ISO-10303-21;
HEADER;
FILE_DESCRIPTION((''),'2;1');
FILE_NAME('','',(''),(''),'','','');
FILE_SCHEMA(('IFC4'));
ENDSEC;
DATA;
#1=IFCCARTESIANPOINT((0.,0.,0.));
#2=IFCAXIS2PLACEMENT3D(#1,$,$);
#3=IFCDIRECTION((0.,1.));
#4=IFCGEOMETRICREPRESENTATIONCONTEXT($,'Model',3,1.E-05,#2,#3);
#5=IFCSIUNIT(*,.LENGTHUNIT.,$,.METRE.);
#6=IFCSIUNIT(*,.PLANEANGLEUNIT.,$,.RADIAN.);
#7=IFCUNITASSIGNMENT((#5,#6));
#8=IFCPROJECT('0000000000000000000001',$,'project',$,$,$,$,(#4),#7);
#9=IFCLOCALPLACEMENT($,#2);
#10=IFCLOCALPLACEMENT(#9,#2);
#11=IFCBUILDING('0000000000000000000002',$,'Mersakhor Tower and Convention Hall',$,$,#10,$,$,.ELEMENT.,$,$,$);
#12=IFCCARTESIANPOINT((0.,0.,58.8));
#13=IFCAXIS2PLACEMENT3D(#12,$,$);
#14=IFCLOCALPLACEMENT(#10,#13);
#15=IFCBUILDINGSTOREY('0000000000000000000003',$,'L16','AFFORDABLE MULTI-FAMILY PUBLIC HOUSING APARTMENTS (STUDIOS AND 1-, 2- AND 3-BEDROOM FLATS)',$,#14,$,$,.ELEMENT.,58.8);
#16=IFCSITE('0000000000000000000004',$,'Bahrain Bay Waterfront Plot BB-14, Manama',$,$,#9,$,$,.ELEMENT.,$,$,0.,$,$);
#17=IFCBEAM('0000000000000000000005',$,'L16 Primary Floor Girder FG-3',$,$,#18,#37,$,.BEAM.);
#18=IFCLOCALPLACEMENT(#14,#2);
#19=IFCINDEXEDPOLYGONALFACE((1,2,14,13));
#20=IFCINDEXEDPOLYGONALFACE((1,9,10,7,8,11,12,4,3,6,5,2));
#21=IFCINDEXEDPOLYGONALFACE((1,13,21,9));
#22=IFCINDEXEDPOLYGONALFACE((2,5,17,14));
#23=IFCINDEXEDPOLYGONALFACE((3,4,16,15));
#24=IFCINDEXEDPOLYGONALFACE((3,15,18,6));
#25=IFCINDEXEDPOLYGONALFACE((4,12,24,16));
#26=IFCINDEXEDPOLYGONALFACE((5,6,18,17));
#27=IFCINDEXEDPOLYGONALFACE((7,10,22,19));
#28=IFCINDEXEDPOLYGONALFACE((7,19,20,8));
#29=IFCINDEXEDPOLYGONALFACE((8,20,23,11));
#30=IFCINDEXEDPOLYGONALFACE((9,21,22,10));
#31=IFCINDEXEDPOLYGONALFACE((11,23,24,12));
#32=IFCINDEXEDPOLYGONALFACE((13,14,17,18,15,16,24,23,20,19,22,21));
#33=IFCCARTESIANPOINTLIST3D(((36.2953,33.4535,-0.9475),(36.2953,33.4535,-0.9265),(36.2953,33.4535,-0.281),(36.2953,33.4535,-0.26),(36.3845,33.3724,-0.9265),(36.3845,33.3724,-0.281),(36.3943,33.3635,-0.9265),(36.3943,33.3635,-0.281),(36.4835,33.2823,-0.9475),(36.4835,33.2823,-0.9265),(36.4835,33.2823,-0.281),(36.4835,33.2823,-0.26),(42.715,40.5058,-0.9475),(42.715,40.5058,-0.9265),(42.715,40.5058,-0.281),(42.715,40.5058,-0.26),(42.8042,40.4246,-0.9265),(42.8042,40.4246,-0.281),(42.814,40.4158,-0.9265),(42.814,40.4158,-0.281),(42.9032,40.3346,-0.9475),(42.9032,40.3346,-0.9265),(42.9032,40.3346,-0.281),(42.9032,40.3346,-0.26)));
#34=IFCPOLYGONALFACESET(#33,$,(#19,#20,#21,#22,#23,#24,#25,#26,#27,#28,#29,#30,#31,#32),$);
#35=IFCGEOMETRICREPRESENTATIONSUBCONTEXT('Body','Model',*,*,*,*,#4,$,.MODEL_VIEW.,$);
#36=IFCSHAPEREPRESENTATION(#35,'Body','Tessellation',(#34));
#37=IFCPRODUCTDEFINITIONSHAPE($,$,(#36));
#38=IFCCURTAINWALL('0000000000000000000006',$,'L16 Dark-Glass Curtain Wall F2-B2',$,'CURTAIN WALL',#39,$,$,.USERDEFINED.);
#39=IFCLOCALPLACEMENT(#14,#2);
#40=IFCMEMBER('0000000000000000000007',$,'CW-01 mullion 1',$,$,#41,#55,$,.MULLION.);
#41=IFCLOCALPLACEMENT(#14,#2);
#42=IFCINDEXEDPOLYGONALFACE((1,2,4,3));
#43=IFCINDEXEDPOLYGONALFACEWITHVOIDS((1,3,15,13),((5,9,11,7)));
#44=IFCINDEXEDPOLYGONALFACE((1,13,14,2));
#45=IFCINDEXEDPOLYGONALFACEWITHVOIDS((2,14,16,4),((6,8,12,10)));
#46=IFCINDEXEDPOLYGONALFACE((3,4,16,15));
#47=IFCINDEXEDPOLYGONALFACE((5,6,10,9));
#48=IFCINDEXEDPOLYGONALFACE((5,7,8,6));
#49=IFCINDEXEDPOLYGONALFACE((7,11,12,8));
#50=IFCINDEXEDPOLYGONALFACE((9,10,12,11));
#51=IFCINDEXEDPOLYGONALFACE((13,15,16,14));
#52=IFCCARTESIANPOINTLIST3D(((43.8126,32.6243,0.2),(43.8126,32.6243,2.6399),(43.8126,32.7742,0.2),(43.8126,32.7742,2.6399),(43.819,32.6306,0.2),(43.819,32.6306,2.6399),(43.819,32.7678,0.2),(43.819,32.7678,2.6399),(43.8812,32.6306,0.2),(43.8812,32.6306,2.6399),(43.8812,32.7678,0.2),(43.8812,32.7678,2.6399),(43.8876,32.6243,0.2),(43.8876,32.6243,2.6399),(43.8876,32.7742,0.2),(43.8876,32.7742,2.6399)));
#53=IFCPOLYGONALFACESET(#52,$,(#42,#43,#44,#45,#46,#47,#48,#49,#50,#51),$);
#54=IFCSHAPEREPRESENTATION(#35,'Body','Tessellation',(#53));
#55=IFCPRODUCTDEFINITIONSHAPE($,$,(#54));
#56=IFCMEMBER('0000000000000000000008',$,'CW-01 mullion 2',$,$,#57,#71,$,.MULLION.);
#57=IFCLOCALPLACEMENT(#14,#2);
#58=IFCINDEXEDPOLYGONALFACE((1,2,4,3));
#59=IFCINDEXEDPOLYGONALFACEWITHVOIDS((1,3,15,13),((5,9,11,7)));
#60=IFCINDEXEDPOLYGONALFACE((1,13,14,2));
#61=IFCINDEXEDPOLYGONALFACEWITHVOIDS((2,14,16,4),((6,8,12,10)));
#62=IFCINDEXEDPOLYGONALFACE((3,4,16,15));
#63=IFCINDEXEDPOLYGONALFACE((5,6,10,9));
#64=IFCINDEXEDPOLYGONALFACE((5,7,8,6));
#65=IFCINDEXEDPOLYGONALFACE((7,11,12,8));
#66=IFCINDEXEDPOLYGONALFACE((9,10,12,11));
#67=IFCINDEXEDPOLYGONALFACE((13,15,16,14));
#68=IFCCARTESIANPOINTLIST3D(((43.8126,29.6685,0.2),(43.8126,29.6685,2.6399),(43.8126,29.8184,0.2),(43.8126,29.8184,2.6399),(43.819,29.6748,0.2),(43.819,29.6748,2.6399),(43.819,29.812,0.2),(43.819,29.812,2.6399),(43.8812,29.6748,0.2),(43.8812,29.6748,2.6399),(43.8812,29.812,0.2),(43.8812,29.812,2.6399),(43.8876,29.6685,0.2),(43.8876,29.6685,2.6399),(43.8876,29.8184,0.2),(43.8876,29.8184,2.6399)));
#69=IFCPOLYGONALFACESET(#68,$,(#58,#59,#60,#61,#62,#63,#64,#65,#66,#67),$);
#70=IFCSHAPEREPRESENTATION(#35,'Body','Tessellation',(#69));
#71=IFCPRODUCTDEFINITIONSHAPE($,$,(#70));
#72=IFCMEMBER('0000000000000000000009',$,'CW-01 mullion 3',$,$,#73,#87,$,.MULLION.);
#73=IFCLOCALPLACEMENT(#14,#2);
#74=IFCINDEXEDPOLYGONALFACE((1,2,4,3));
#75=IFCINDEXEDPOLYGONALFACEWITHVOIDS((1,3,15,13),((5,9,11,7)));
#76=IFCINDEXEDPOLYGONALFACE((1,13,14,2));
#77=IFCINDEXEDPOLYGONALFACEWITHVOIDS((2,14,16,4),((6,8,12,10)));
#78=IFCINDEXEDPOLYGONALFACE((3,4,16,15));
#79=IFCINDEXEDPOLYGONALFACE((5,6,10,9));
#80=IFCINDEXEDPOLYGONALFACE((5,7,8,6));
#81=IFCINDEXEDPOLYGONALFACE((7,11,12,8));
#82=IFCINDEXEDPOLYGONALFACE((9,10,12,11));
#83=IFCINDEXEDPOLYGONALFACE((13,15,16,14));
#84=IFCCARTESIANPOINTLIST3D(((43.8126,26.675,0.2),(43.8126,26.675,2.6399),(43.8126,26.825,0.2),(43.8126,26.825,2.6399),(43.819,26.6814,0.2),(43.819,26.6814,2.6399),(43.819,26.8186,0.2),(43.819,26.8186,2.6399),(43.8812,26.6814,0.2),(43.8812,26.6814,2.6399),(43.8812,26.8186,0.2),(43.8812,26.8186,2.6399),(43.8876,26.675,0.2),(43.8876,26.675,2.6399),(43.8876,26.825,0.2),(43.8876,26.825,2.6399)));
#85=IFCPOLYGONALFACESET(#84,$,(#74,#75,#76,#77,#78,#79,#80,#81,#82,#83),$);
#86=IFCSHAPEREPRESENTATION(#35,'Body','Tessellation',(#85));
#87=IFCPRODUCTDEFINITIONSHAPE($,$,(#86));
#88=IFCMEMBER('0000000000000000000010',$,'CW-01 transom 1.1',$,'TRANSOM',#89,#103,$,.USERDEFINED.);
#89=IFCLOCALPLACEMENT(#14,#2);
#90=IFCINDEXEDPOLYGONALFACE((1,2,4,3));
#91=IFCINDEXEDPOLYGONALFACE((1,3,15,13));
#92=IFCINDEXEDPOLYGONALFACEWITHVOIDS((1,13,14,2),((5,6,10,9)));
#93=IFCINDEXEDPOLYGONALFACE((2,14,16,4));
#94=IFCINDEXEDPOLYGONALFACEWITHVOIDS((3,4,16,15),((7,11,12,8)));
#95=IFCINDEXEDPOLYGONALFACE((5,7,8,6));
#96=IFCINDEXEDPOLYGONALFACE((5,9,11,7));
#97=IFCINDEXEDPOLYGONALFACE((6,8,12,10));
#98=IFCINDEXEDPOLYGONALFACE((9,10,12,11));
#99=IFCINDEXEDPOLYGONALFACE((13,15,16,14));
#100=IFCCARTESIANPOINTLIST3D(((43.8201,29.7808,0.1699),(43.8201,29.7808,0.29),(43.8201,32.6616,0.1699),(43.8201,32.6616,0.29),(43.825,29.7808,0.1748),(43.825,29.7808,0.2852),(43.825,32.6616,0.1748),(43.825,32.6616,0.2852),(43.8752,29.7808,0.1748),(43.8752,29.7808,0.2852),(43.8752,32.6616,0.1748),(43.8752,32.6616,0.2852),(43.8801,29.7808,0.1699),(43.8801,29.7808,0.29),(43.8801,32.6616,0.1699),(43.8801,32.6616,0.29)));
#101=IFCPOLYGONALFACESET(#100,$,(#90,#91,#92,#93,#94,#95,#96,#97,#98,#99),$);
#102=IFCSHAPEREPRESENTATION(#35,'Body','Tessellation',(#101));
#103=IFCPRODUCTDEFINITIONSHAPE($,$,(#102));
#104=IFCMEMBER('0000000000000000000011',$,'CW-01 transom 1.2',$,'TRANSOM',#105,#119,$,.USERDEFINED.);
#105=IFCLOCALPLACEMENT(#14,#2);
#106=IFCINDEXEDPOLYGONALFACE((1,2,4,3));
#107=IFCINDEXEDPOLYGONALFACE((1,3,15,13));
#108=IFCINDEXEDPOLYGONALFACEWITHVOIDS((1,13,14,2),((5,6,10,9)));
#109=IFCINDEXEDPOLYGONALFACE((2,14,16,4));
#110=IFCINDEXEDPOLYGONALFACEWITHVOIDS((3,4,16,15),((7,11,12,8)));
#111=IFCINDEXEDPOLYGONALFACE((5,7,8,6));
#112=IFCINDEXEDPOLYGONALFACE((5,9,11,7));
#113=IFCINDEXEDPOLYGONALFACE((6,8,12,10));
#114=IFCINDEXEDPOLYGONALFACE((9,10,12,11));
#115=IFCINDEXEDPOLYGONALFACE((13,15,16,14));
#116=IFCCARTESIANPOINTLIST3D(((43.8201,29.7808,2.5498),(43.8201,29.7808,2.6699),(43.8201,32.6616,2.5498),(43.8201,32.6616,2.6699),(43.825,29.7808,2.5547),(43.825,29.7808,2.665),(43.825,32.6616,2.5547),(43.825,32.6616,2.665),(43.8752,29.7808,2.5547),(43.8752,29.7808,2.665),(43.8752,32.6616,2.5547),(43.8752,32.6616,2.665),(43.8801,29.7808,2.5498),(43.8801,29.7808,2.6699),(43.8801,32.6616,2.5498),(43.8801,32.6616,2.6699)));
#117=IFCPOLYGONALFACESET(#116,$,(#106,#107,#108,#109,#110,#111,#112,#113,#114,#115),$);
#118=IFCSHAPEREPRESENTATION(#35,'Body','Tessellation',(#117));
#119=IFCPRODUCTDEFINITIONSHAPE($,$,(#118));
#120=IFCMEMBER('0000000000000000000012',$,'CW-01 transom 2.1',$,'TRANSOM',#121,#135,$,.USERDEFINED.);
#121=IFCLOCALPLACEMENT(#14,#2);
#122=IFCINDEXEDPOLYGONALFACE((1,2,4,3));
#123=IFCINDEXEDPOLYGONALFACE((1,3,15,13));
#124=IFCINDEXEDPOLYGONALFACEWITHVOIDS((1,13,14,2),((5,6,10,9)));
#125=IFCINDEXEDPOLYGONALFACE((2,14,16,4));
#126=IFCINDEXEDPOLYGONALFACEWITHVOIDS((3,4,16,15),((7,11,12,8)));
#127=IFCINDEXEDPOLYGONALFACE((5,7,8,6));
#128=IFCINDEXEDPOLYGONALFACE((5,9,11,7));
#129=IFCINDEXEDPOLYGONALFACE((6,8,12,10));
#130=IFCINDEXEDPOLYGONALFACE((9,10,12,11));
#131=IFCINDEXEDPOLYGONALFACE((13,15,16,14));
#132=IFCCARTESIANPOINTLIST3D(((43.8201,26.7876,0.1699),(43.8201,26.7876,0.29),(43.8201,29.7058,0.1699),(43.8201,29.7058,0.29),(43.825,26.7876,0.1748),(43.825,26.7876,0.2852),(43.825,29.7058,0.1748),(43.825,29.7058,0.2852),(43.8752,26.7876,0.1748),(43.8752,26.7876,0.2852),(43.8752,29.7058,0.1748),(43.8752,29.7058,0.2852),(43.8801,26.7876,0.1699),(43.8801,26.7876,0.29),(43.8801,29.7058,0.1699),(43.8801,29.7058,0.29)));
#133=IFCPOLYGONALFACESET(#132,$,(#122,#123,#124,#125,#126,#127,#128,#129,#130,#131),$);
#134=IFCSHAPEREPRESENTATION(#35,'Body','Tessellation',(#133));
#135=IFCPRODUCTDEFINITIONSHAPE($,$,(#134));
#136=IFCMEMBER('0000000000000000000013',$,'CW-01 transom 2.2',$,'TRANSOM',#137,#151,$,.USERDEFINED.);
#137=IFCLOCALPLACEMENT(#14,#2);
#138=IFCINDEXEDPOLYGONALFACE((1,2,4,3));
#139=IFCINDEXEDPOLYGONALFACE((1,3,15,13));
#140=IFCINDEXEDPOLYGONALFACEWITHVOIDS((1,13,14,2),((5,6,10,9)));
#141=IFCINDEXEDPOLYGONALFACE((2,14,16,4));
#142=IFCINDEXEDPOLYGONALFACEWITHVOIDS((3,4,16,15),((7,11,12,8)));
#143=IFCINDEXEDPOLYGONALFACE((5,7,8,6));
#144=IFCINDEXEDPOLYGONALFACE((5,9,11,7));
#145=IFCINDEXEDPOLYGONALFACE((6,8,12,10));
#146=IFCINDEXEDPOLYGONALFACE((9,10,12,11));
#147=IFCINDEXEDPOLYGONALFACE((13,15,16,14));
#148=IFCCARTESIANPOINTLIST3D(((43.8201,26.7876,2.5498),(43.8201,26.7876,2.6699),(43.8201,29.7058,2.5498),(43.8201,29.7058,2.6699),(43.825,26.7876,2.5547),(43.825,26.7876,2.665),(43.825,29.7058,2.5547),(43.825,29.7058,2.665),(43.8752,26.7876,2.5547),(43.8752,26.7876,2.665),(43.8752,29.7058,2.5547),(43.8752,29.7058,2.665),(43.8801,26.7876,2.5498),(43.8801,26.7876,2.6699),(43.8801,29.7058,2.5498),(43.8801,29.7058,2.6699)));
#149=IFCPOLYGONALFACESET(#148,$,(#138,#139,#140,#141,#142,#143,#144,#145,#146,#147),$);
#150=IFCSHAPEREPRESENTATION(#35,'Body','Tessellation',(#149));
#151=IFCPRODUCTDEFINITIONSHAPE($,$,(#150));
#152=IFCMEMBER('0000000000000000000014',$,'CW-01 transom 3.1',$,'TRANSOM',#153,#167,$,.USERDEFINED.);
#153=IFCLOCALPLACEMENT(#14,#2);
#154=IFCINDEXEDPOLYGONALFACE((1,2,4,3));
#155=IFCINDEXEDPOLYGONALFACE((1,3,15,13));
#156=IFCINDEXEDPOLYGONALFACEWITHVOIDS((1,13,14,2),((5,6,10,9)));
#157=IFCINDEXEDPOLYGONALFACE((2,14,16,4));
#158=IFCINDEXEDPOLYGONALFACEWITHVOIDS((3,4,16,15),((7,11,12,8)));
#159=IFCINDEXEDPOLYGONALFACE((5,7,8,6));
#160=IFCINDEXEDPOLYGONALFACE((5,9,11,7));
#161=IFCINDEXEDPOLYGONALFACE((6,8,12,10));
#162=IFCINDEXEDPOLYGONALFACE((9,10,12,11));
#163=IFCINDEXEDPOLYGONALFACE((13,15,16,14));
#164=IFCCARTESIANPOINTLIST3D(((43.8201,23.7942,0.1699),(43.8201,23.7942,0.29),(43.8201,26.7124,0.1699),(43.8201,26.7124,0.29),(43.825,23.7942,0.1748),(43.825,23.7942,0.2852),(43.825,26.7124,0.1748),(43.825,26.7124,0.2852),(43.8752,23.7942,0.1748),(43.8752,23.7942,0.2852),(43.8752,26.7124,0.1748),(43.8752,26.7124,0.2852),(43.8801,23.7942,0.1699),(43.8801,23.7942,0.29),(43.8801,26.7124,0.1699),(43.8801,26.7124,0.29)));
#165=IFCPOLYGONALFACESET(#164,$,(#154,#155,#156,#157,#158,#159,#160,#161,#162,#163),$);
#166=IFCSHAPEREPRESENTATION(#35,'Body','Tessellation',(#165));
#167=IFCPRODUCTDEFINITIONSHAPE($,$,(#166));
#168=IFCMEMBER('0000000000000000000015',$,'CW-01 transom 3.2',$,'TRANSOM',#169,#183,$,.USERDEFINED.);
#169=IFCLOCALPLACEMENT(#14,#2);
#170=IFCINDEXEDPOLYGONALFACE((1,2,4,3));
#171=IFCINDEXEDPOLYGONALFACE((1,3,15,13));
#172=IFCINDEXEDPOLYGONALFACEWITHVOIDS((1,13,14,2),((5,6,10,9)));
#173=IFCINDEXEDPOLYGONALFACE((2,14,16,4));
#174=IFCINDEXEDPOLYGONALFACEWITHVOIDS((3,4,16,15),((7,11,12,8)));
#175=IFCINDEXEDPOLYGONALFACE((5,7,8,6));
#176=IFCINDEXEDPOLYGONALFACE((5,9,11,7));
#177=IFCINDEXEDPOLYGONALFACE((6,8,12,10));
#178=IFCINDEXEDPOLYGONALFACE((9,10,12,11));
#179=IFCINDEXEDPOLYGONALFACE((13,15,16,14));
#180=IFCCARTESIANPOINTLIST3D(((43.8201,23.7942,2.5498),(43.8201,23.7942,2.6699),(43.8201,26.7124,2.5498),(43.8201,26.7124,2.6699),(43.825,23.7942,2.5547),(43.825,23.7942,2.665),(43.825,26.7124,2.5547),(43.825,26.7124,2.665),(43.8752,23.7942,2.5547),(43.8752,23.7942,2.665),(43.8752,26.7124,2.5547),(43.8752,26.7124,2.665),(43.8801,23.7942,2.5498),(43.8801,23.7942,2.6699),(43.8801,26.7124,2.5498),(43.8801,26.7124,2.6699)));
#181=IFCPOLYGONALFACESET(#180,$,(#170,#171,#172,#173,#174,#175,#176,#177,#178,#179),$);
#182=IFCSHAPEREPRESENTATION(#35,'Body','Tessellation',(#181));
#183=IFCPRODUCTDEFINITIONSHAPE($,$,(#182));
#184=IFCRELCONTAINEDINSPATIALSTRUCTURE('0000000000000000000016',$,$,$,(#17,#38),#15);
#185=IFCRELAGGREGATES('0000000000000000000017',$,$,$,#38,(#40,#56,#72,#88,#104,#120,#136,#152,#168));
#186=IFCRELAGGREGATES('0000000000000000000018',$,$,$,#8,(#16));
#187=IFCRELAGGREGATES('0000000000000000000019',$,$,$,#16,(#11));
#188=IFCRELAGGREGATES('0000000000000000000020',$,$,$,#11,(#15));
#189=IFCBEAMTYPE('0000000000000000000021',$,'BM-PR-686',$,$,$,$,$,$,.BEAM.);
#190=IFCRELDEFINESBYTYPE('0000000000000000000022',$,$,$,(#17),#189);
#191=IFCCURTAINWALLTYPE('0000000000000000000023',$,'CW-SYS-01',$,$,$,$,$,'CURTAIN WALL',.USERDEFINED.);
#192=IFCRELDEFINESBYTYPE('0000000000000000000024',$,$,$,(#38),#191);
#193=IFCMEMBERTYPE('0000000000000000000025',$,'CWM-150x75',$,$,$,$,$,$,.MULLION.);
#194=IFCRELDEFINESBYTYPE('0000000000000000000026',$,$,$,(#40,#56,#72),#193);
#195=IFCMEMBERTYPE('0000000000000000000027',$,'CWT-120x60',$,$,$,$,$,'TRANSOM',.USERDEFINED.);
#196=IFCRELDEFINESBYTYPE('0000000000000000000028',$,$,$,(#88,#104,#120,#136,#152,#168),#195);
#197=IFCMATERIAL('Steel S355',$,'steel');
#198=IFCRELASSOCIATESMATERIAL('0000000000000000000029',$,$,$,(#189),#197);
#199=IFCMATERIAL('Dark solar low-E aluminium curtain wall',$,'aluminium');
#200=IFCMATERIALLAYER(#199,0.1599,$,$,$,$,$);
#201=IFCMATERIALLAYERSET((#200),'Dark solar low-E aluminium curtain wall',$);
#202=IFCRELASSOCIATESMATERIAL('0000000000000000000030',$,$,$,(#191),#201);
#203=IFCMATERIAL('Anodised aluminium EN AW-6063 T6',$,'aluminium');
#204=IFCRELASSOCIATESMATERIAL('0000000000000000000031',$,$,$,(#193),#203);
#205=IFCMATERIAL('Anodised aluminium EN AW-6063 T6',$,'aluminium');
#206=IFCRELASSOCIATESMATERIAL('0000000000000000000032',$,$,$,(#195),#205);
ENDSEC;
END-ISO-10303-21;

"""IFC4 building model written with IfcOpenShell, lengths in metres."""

from ifc_helpers import new_model, si_unit, direction, frame, origin, origin_2d, place, context, subcontext, project, spatial, hollow_rectangle, i_section, extrude, material, layer, layer_set, material_profile, profile_set, type_object, element, aggregate, save


model = new_model("IFC4")

# Units and contexts
model_context = context("Model", 3, precision=1e-05, world=origin(), true_north=direction((0.0, 1.0)))
body_context = subcontext(model_context, "Body", "Model", "MODEL_VIEW")
ifc_project = project(units=[si_unit("LENGTHUNIT", "METRE"), si_unit("PLANEANGLEUNIT", "RADIAN")], contexts=[model_context])

# Site, building, storey
site_placement = place(None, origin())
site = spatial("IfcSite", under=ifc_project, at=site_placement, Name="Bahrain Bay Waterfront Plot BB-14, Manama", CompositionType="ELEMENT", RefElevation=0.0)
building_placement = place(site_placement, origin())
building = spatial("IfcBuilding", under=site, at=building_placement, Name="Mersakhor Tower and Convention Hall", CompositionType="ELEMENT")
storey_placement = place(building_placement, frame((0.0, 0.0, 58.8)))
storey = spatial("IfcBuildingStorey", under=building, at=storey_placement, Name="L16", Description="AFFORDABLE MULTI-FAMILY PUBLIC HOUSING APARTMENTS (STUDIOS AND 1-, 2- AND 3-BEDROOM FLATS)", CompositionType="ELEMENT", Elevation=58.8)

# Beam
ifc_material_1 = material(Name="Steel S355", Category="steel")
ifc_material_profile_1 = material_profile(ifc_material_1, i_section(OverallWidth=0.2544, OverallDepth=0.6875, WebThickness=0.0132, FlangeThickness=0.021, at=origin_2d()), Name="UB 686x254x152")
ifc_profile_set_1 = profile_set([ifc_material_profile_1], Name="Steel S355")
beam_type = type_object("IfcBeamType", Name="BM-PR-686", PredefinedType="BEAM", material=ifc_profile_set_1)
beam_placement = place(storey_placement, frame((36.3894, 33.3679, -0.6038), z_axis=(0.673163, 0.739494, 0.0), x_axis=(-0.739494, 0.673163, 0.0)))
element("IfcBeam", 1, at=beam_placement, inside=storey, type_object=beam_type, Name="L16 Primary Floor Girder FG-3", PredefinedType="BEAM", context=body_context, shape_type="SweptSolid", body=[
    extrude(i_section(OverallWidth=0.2544, OverallDepth=0.6875, WebThickness=0.0132, FlangeThickness=0.021, at=origin_2d()), origin(), (0.0, 0.0, 1.0), 9.5366),
])

# Curtain wall, members
ifc_material_2 = material(Name="Dark solar low-E aluminium curtain wall", Category="aluminium")
ifc_layer_1 = layer(ifc_material_2, 0.1599)
ifc_layer_set_1 = layer_set([ifc_layer_1], Name="Dark solar low-E aluminium curtain wall")
curtain_wall_type = type_object("IfcCurtainWallType", Name="CW-SYS-01", ElementType="CURTAIN WALL", PredefinedType="USERDEFINED", material=ifc_layer_set_1)
curtain_wall_placement = place(storey_placement, origin())
curtain_wall = element("IfcCurtainWall", 2, at=curtain_wall_placement, inside=storey, type_object=curtain_wall_type, Name="L16 Dark-Glass Curtain Wall F2-B2", ObjectType="CURTAIN WALL", PredefinedType="USERDEFINED")
ifc_material_3 = material(Name="Anodised aluminium EN AW-6063 T6", Category="aluminium")
ifc_material_profile_2 = material_profile(ifc_material_3, hollow_rectangle(XDim=0.075, YDim=0.1499, WallThickness=0.0063, at=origin_2d()), Name="RHS 150x75x6.3")
ifc_profile_set_2 = profile_set([ifc_material_profile_2], Name="Anodised aluminium EN AW-6063 T6")
member_type_1 = type_object("IfcMemberType", Name="CWM-150x75", PredefinedType="MULLION", material=ifc_profile_set_2)
member_1_placement = place(storey_placement, frame((43.8501, 32.6992, 0.2), z_axis=(0.0, 0.0, 1.0), x_axis=(1.0, 0.0, 0.0)))
member_1 = element("IfcMember", 3, at=member_1_placement, type_object=member_type_1, Name="CW-01 mullion 1", PredefinedType="MULLION", context=body_context, shape_type="SweptSolid", body=[
    extrude(hollow_rectangle(XDim=0.075, YDim=0.1499, WallThickness=0.0063, at=origin_2d()), origin(), (0.0, 0.0, 1.0), 2.4399),
])
member_2_placement = place(storey_placement, frame((43.8501, 29.7434, 0.2), z_axis=(0.0, 0.0, 1.0), x_axis=(1.0, 0.0, 0.0)))
member_2 = element("IfcMember", 4, at=member_2_placement, type_object=member_type_1, Name="CW-01 mullion 2", PredefinedType="MULLION", context=body_context, shape_type="SweptSolid", body=[
    extrude(hollow_rectangle(XDim=0.075, YDim=0.1499, WallThickness=0.0063, at=origin_2d()), origin(), (0.0, 0.0, 1.0), 2.4399),
])
member_3_placement = place(storey_placement, frame((43.8501, 26.75, 0.2), z_axis=(0.0, 0.0, 1.0), x_axis=(1.0, 0.0, 0.0)))
member_3 = element("IfcMember", 5, at=member_3_placement, type_object=member_type_1, Name="CW-01 mullion 3", PredefinedType="MULLION", context=body_context, shape_type="SweptSolid", body=[
    extrude(hollow_rectangle(XDim=0.075, YDim=0.1499, WallThickness=0.0063, at=origin_2d()), origin(), (0.0, 0.0, 1.0), 2.4399),
])
ifc_material_4 = material(Name="Anodised aluminium EN AW-6063 T6", Category="aluminium")
ifc_material_profile_3 = material_profile(ifc_material_4, hollow_rectangle(XDim=0.0601, YDim=0.1201, WallThickness=0.0049, at=origin_2d()), Name="RHS 120x60x5")
ifc_profile_set_3 = profile_set([ifc_material_profile_3], Name="Anodised aluminium EN AW-6063 T6")
member_type_2 = type_object("IfcMemberType", Name="CWT-120x60", ElementType="TRANSOM", PredefinedType="USERDEFINED", material=ifc_profile_set_3)
member_4_placement = place(storey_placement, frame((43.8501, 32.6616, 0.23), z_axis=(0.0, -1.0, 0.0), x_axis=(1.0, 0.0, 0.0)))
member_4 = element("IfcMember", 6, at=member_4_placement, type_object=member_type_2, Name="CW-01 transom 1.1", ObjectType="TRANSOM", PredefinedType="USERDEFINED", context=body_context, shape_type="SweptSolid", body=[
    extrude(hollow_rectangle(XDim=0.0601, YDim=0.1201, WallThickness=0.0049, at=origin_2d()), origin(), (0.0, 0.0, 1.0), 2.8809),
])
member_5_placement = place(storey_placement, frame((43.8501, 32.6616, 2.6099), z_axis=(0.0, -1.0, 0.0), x_axis=(1.0, 0.0, 0.0)))
member_5 = element("IfcMember", 7, at=member_5_placement, type_object=member_type_2, Name="CW-01 transom 1.2", ObjectType="TRANSOM", PredefinedType="USERDEFINED", context=body_context, shape_type="SweptSolid", body=[
    extrude(hollow_rectangle(XDim=0.0601, YDim=0.1201, WallThickness=0.0049, at=origin_2d()), origin(), (0.0, 0.0, 1.0), 2.8809),
])
member_6_placement = place(storey_placement, frame((43.8501, 29.7058, 0.23), z_axis=(0.0, -1.0, 0.0), x_axis=(1.0, 0.0, 0.0)))
member_6 = element("IfcMember", 8, at=member_6_placement, type_object=member_type_2, Name="CW-01 transom 2.1", ObjectType="TRANSOM", PredefinedType="USERDEFINED", context=body_context, shape_type="SweptSolid", body=[
    extrude(hollow_rectangle(XDim=0.0601, YDim=0.1201, WallThickness=0.0049, at=origin_2d()), origin(), (0.0, 0.0, 1.0), 2.9182),
])
member_7_placement = place(storey_placement, frame((43.8501, 29.7058, 2.6099), z_axis=(0.0, -1.0, 0.0), x_axis=(1.0, 0.0, 0.0)))
member_7 = element("IfcMember", 9, at=member_7_placement, type_object=member_type_2, Name="CW-01 transom 2.2", ObjectType="TRANSOM", PredefinedType="USERDEFINED", context=body_context, shape_type="SweptSolid", body=[
    extrude(hollow_rectangle(XDim=0.0601, YDim=0.1201, WallThickness=0.0049, at=origin_2d()), origin(), (0.0, 0.0, 1.0), 2.9182),
])
member_8_placement = place(storey_placement, frame((43.8501, 26.7124, 0.23), z_axis=(0.0, -1.0, 0.0), x_axis=(1.0, 0.0, 0.0)))
member_8 = element("IfcMember", 10, at=member_8_placement, type_object=member_type_2, Name="CW-01 transom 3.1", ObjectType="TRANSOM", PredefinedType="USERDEFINED", context=body_context, shape_type="SweptSolid", body=[
    extrude(hollow_rectangle(XDim=0.0601, YDim=0.1201, WallThickness=0.0049, at=origin_2d()), origin(), (0.0, 0.0, 1.0), 2.9182),
])
member_9_placement = place(storey_placement, frame((43.8501, 26.7124, 2.6099), z_axis=(0.0, -1.0, 0.0), x_axis=(1.0, 0.0, 0.0)))
member_9 = element("IfcMember", 11, at=member_9_placement, type_object=member_type_2, Name="CW-01 transom 3.2", ObjectType="TRANSOM", PredefinedType="USERDEFINED", context=body_context, shape_type="SweptSolid", body=[
    extrude(hollow_rectangle(XDim=0.0601, YDim=0.1201, WallThickness=0.0049, at=origin_2d()), origin(), (0.0, 0.0, 1.0), 2.9182),
])
aggregate(curtain_wall, [member_1, member_2, member_3, member_4, member_5, member_6, member_7, member_8, member_9])

save(model, "model.ifc")
